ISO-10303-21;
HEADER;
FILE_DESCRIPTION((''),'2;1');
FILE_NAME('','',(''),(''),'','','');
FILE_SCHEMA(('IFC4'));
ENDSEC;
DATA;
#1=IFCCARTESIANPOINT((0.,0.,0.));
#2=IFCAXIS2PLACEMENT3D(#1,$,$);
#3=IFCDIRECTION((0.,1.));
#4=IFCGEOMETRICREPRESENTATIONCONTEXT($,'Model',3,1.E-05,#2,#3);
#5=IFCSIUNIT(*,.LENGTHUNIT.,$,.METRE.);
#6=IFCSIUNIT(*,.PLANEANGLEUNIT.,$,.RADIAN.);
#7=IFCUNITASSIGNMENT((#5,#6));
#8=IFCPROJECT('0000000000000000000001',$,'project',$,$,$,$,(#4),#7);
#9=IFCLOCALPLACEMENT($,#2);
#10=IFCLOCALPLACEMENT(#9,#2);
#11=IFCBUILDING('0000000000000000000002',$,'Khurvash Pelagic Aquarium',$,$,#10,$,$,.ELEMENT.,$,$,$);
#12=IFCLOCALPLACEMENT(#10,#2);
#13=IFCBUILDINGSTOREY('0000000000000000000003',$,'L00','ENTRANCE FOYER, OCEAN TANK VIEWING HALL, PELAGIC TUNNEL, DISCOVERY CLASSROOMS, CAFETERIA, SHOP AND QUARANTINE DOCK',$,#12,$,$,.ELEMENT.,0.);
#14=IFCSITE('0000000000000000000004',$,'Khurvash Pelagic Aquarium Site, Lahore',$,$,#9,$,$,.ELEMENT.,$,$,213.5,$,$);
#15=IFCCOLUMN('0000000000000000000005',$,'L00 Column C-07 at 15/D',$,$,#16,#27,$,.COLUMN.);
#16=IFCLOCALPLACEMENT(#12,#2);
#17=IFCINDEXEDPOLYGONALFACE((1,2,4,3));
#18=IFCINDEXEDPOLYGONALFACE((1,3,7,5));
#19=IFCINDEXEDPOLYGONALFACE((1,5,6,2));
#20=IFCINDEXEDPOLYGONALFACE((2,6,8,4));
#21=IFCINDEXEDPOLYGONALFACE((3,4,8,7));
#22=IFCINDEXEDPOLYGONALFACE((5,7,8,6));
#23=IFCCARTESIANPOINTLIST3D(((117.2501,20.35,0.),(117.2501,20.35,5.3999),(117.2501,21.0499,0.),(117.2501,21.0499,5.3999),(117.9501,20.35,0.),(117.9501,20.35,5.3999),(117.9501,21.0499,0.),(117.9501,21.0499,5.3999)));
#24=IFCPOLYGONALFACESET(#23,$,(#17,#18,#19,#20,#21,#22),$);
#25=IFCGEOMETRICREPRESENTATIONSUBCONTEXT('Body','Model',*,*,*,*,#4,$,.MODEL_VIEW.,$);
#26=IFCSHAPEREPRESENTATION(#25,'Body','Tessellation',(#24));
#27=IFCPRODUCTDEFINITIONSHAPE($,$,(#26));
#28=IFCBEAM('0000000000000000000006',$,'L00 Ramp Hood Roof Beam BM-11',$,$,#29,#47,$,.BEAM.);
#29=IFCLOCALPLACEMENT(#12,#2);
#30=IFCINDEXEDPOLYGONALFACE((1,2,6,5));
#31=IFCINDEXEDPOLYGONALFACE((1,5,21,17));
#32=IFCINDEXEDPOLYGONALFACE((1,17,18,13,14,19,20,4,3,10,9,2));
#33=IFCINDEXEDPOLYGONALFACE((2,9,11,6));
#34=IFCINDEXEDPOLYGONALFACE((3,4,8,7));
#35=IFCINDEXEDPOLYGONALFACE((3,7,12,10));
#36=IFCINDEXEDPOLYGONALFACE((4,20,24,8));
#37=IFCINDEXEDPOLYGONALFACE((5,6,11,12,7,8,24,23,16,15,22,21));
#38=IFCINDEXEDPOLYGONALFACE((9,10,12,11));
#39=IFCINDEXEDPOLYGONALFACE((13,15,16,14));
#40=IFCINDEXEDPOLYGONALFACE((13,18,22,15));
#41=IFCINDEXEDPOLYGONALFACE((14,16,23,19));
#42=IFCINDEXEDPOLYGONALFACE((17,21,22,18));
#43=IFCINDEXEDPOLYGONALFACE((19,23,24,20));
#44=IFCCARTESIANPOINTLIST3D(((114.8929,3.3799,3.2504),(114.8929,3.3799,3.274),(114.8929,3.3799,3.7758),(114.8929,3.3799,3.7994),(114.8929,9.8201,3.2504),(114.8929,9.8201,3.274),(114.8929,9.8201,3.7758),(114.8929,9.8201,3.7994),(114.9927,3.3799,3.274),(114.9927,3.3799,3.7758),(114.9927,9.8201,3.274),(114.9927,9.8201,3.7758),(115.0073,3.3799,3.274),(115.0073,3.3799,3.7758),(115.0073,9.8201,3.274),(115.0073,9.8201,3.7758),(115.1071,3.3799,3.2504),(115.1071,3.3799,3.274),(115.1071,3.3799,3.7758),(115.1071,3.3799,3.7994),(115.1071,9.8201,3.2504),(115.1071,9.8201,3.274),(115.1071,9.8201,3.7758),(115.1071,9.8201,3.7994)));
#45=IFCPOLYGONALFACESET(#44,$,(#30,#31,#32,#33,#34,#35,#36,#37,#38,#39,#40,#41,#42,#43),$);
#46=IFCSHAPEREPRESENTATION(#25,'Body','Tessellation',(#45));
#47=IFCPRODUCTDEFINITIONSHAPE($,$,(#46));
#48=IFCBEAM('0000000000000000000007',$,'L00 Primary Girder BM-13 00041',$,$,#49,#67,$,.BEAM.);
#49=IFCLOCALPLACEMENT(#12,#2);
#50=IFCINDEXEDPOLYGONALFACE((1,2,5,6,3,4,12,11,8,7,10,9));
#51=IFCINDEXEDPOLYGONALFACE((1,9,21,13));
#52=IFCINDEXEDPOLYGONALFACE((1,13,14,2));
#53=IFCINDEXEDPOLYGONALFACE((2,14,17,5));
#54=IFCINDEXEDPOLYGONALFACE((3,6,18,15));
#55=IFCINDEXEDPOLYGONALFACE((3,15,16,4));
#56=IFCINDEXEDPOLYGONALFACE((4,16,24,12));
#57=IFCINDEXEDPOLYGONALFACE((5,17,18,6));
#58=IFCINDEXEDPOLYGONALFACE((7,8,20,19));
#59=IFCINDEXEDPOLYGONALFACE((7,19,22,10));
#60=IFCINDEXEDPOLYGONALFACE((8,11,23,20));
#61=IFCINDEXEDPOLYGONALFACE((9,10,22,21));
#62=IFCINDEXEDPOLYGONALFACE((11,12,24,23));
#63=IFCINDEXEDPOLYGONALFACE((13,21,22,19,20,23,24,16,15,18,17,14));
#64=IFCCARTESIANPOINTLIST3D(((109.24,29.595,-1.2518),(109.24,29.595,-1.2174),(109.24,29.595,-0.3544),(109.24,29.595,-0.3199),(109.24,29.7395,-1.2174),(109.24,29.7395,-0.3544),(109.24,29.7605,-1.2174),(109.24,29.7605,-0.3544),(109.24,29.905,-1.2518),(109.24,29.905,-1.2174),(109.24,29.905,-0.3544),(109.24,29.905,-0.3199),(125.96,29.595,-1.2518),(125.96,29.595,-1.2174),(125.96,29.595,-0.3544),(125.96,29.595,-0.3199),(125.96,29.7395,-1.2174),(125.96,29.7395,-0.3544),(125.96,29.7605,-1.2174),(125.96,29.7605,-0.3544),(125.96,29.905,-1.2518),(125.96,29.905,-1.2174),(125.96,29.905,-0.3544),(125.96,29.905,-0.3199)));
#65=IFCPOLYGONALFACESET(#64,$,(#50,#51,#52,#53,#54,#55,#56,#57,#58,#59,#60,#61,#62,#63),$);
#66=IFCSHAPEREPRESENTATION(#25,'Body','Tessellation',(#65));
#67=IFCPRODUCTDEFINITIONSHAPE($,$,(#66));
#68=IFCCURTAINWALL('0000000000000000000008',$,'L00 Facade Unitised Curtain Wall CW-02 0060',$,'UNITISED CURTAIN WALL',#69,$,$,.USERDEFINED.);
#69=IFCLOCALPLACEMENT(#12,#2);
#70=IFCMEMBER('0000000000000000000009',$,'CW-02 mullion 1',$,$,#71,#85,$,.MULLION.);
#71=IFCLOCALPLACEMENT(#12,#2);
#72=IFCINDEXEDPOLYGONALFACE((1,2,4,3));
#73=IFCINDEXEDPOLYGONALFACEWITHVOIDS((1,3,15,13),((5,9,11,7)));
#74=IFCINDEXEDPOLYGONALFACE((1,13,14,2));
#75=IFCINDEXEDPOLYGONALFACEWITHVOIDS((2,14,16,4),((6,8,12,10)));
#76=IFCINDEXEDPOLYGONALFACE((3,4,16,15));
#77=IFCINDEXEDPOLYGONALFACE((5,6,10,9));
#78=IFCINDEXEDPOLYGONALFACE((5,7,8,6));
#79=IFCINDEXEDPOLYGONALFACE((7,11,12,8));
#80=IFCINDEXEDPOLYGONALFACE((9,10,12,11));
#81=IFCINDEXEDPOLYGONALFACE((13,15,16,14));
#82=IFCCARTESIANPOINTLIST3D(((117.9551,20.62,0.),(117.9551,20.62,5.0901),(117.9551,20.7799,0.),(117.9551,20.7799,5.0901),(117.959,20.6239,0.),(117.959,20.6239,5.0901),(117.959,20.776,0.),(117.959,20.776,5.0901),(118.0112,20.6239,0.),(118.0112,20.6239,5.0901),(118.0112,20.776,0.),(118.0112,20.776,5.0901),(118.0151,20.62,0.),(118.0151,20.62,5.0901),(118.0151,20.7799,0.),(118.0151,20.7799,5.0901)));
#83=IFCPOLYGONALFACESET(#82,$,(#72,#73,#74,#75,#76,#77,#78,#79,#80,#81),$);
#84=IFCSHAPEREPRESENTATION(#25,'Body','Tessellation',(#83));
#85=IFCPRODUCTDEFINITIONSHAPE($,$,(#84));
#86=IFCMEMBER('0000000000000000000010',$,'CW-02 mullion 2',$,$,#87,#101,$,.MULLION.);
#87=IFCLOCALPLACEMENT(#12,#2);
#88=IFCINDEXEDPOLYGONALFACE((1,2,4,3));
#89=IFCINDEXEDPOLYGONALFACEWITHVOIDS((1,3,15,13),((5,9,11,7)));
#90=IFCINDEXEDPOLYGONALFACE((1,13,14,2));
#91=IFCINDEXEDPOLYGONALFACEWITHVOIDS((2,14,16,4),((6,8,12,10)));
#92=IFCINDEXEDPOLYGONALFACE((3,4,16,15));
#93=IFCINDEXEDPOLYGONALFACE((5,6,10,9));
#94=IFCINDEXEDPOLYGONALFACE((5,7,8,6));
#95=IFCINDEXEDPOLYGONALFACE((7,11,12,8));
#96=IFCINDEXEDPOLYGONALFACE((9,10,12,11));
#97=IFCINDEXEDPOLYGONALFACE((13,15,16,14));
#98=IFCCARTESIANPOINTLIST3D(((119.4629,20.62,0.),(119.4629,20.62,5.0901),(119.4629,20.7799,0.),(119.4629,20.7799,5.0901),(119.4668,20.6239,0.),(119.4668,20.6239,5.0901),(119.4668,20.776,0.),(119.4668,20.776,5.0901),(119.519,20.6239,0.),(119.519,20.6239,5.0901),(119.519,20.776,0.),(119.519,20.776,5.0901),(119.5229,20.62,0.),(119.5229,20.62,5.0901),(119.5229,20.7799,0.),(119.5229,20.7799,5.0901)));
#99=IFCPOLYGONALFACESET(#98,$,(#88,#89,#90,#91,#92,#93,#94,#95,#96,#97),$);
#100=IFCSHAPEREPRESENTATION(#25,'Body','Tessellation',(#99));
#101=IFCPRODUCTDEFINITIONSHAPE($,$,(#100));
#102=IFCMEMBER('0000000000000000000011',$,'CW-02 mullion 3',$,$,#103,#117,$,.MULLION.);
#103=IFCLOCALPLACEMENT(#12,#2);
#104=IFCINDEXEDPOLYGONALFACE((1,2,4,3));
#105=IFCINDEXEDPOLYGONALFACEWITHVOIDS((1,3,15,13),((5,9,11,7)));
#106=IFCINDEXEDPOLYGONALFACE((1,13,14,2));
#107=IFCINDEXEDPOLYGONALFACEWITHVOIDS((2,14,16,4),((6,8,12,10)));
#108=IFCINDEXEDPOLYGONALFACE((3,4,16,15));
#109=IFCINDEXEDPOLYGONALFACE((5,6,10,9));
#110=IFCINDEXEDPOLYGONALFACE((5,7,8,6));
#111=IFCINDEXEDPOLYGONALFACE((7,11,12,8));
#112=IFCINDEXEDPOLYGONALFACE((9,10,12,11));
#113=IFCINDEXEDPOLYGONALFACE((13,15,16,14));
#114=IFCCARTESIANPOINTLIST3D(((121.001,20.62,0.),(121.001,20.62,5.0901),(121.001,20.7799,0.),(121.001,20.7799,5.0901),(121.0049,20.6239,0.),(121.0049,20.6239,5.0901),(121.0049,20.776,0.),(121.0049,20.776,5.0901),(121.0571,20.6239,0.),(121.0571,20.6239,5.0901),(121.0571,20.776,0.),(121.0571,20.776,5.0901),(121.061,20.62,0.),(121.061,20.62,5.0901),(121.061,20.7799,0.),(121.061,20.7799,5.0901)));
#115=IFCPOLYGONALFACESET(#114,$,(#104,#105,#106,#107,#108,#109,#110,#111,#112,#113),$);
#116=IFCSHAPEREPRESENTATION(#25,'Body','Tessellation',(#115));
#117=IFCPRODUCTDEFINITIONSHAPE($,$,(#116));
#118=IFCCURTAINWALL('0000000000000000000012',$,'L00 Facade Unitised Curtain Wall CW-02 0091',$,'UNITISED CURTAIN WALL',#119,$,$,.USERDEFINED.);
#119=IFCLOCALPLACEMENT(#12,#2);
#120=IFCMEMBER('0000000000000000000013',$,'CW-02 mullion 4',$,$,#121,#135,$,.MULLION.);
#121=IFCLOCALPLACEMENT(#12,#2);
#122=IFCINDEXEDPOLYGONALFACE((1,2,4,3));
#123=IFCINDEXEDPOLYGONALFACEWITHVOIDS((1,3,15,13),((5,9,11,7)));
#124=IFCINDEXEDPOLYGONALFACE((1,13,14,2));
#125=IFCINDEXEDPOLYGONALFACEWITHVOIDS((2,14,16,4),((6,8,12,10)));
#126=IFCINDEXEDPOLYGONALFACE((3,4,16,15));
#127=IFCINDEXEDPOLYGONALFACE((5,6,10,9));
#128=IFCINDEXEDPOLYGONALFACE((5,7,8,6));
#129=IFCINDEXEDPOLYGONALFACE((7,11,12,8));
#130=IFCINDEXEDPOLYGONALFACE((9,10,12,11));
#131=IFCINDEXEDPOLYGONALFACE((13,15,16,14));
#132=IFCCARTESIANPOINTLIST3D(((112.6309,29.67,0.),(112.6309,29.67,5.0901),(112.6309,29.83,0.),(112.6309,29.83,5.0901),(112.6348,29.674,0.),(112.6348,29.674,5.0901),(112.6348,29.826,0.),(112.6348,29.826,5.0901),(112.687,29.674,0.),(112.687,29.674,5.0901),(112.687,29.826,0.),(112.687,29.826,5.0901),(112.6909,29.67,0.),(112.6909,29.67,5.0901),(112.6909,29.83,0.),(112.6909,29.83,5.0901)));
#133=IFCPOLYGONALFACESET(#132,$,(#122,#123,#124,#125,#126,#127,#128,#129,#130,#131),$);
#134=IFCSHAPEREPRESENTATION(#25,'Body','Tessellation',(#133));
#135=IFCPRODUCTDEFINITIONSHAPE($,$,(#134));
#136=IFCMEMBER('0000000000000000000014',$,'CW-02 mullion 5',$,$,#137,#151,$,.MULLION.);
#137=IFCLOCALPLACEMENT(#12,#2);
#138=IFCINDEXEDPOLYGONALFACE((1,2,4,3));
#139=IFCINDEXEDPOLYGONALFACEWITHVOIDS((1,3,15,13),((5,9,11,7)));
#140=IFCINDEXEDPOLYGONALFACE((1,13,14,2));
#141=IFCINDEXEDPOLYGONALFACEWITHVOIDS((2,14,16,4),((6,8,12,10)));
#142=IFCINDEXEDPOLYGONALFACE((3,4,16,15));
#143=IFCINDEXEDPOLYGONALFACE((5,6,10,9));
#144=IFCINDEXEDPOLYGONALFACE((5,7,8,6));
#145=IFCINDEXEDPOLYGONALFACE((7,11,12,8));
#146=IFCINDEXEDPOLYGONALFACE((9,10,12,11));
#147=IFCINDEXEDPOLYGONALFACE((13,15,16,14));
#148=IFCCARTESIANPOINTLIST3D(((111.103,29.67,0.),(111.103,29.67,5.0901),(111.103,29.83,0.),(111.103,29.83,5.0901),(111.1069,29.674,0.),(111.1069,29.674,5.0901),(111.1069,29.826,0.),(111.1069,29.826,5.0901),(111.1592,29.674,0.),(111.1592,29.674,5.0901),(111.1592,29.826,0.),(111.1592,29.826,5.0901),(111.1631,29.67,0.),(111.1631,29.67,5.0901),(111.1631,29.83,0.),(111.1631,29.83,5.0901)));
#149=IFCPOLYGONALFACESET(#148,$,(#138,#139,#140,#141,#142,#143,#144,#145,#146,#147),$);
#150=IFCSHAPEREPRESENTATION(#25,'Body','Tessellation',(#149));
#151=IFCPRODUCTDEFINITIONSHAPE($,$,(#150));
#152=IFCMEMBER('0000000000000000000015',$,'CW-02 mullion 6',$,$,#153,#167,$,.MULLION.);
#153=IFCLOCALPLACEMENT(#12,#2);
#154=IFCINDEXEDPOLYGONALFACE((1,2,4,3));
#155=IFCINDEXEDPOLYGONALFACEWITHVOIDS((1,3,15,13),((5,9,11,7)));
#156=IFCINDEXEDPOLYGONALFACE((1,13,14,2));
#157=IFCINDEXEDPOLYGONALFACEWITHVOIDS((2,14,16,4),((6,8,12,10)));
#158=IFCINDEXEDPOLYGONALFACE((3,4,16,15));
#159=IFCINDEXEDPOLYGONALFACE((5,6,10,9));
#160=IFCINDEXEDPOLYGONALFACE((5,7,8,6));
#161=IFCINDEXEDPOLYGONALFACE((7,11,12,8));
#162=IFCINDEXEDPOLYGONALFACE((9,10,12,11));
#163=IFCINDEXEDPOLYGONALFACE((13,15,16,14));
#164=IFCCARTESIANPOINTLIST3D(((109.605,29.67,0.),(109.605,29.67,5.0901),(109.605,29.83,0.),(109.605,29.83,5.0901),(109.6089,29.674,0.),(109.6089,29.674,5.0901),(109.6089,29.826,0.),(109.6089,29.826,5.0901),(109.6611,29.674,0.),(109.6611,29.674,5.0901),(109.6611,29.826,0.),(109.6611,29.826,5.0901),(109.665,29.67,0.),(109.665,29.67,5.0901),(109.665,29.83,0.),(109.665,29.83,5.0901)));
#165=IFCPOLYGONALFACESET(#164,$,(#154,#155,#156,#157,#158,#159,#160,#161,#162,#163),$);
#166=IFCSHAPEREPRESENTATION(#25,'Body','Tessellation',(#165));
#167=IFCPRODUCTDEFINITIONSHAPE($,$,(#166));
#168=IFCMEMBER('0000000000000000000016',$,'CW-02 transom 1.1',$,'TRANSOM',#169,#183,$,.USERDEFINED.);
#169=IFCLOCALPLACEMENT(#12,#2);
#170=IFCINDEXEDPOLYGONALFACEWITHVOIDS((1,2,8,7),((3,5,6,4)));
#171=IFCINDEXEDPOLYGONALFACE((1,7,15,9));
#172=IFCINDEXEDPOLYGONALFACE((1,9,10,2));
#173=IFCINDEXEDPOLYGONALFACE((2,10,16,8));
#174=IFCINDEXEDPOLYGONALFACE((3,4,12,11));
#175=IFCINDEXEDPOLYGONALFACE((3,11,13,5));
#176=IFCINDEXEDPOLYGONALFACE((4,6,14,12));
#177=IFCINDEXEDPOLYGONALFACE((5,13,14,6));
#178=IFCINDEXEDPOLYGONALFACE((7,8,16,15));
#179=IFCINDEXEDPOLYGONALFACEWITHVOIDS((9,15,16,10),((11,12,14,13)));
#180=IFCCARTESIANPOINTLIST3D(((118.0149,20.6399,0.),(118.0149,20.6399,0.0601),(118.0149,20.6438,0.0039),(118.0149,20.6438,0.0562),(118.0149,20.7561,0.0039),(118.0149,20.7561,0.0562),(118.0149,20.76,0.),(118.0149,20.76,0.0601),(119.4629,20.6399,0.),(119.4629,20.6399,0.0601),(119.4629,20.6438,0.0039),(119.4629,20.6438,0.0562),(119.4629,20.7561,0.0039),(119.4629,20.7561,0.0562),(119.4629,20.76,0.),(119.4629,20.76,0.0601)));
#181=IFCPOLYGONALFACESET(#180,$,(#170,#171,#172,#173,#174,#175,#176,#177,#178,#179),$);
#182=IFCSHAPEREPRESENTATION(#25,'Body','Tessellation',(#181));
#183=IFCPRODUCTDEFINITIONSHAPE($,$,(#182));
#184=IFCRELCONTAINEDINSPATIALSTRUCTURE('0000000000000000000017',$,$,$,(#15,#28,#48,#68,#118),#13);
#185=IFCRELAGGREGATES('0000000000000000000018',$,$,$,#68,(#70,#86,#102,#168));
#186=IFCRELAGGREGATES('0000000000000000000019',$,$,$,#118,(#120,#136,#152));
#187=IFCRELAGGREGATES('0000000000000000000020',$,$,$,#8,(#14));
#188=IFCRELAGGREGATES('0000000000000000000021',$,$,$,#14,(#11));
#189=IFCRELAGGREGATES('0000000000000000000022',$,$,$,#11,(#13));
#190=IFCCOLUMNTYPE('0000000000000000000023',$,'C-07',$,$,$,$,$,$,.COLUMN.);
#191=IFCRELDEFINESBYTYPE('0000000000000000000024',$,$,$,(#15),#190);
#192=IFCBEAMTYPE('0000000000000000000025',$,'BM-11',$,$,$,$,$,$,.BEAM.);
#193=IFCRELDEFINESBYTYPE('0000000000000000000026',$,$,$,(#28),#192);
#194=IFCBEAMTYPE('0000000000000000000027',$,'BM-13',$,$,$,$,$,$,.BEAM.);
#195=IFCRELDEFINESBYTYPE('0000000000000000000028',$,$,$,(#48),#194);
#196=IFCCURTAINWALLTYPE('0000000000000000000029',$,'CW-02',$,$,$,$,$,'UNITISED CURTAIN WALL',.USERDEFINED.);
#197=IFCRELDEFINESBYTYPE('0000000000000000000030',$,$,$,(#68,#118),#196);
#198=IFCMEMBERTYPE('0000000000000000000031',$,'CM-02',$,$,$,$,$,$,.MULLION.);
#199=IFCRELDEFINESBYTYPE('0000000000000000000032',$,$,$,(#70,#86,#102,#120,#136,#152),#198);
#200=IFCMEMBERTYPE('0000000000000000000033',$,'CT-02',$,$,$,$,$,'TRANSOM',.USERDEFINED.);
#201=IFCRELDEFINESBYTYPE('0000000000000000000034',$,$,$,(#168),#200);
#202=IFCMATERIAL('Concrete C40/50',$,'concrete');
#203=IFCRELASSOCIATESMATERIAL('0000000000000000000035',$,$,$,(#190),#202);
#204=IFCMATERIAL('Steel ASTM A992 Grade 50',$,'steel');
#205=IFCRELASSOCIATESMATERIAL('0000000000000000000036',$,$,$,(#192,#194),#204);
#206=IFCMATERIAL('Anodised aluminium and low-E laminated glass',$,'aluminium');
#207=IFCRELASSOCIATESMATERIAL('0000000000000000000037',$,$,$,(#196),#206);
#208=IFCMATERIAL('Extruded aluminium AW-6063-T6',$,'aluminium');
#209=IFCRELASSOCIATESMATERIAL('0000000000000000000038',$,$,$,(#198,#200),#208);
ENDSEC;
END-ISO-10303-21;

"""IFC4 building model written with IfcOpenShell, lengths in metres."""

from ifc_helpers import new_model, si_unit, direction, frame, origin, origin_2d, place, context, subcontext, project, spatial, rectangle, hollow_rectangle, i_section, extrude, material, material_profile, profile_set, type_object, element, aggregate, save


model = new_model("IFC4")

# Units and contexts
model_context = context("Model", 3, precision=1e-05, world=origin(), true_north=direction((0.0, 1.0)))
body_context = subcontext(model_context, "Body", "Model", "MODEL_VIEW")
ifc_project = project(units=[si_unit("LENGTHUNIT", "METRE"), si_unit("PLANEANGLEUNIT", "RADIAN")], contexts=[model_context])

# Site, building, storey
site_placement = place(None, origin())
site = spatial("IfcSite", under=ifc_project, at=site_placement, Name="Khurvash Pelagic Aquarium Site, Lahore", CompositionType="ELEMENT", RefElevation=213.5)
building_placement = place(site_placement, origin())
building = spatial("IfcBuilding", under=site, at=building_placement, Name="Khurvash Pelagic Aquarium", CompositionType="ELEMENT")
storey_placement = place(building_placement, origin())
storey = spatial("IfcBuildingStorey", under=building, at=storey_placement, Name="L00", Description="ENTRANCE FOYER, OCEAN TANK VIEWING HALL, PELAGIC TUNNEL, DISCOVERY CLASSROOMS, CAFETERIA, SHOP AND QUARANTINE DOCK", CompositionType="ELEMENT", Elevation=0.0)

# Column
ifc_material_1 = material(Name="Concrete C40/50", Category="concrete")
ifc_material_profile_1 = material_profile(ifc_material_1, rectangle(XDim=0.7, YDim=0.7, at=origin_2d()), Name="RC700X700")
ifc_profile_set_1 = profile_set([ifc_material_profile_1], Name="Concrete C40/50")
column_type = type_object("IfcColumnType", Name="C-07", PredefinedType="COLUMN", material=ifc_profile_set_1)
column_placement = place(storey_placement, frame((117.6001, 20.7, 0.0), z_axis=(0.0, 0.0, 1.0), x_axis=(1.0, 0.0, 0.0)))
element("IfcColumn", 1, at=column_placement, inside=storey, type_object=column_type, Name="L00 Column C-07 at 15/D", PredefinedType="COLUMN", context=body_context, shape_type="SweptSolid", body=[
    extrude(rectangle(XDim=0.7, YDim=0.7, at=origin_2d()), origin(), (0.0, 0.0, 1.0), 5.3999),
])

# Beams
ifc_material_2 = material(Name="Steel ASTM A992 Grade 50", Category="steel")
ifc_material_profile_2 = material_profile(ifc_material_2, i_section(OverallWidth=0.2141, OverallDepth=0.5491, WebThickness=0.0146, FlangeThickness=0.0237, at=origin_2d()), Name="W21X93")
ifc_profile_set_2 = profile_set([ifc_material_profile_2], Name="Steel ASTM A992 Grade 50")
beam_type_1 = type_object("IfcBeamType", Name="BM-11", PredefinedType="BEAM", material=ifc_profile_set_2)
beam_1_placement = place(storey_placement, frame((115.0, 3.3799, 3.5249), z_axis=(0.0, 1.0, 0.0), x_axis=(-1.0, 0.0, 0.0)))
element("IfcBeam", 2, at=beam_1_placement, inside=storey, type_object=beam_type_1, Name="L00 Ramp Hood Roof Beam BM-11", PredefinedType="BEAM", context=body_context, shape_type="SweptSolid", body=[
    extrude(i_section(OverallWidth=0.2141, OverallDepth=0.5491, WebThickness=0.0146, FlangeThickness=0.0237, at=origin_2d()), origin(), (0.0, 0.0, 1.0), 6.4402),
])
ifc_material_profile_3 = material_profile(ifc_material_2, i_section(OverallWidth=0.3101, OverallDepth=0.9319, WebThickness=0.021, FlangeThickness=0.0344, at=origin_2d()), Name="W36X210")
ifc_profile_set_3 = profile_set([ifc_material_profile_3], Name="Steel ASTM A992 Grade 50")
beam_type_2 = type_object("IfcBeamType", Name="BM-13", PredefinedType="BEAM", material=ifc_profile_set_3)
beam_2_placement = place(storey_placement, frame((109.24, 29.75, -0.7859), z_axis=(1.0, 0.0, 0.0), x_axis=(0.0, 1.0, 0.0)))
element("IfcBeam", 3, at=beam_2_placement, inside=storey, type_object=beam_type_2, Name="L00 Primary Girder BM-13 00041", PredefinedType="BEAM", context=body_context, shape_type="SweptSolid", body=[
    extrude(i_section(OverallWidth=0.3101, OverallDepth=0.9319, WebThickness=0.021, FlangeThickness=0.0344, at=origin_2d()), origin(), (0.0, 0.0, 1.0), 16.72),
])

# Curtain walls, members
ifc_material_3 = material(Name="Anodised aluminium and low-E laminated glass", Category="aluminium")
curtain_wall_type = type_object("IfcCurtainWallType", Name="CW-02", ElementType="UNITISED CURTAIN WALL", PredefinedType="USERDEFINED", material=ifc_material_3)
curtain_wall_1_placement = place(storey_placement, origin())
curtain_wall_1 = element("IfcCurtainWall", 4, at=curtain_wall_1_placement, inside=storey, type_object=curtain_wall_type, Name="L00 Facade Unitised Curtain Wall CW-02 0060", ObjectType="UNITISED CURTAIN WALL", PredefinedType="USERDEFINED")
ifc_material_4 = material(Name="Extruded aluminium AW-6063-T6", Category="aluminium")
ifc_material_profile_4 = material_profile(ifc_material_4, hollow_rectangle(XDim=0.0601, YDim=0.1599, WallThickness=0.0039, at=origin_2d()), Name="CWM60X160X4")
ifc_profile_set_4 = profile_set([ifc_material_profile_4], Name="Extruded aluminium AW-6063-T6")
member_type_1 = type_object("IfcMemberType", Name="CM-02", PredefinedType="MULLION", material=ifc_profile_set_4)
member_1_placement = place(storey_placement, frame((117.9851, 20.7, 0.0), z_axis=(0.0, 0.0, 1.0), x_axis=(1.0, 0.0, 0.0)))
member_1 = element("IfcMember", 5, at=member_1_placement, type_object=member_type_1, Name="CW-02 mullion 1", PredefinedType="MULLION", context=body_context, shape_type="SweptSolid", body=[
    extrude(hollow_rectangle(XDim=0.0601, YDim=0.1599, WallThickness=0.0039, at=origin_2d()), origin(), (0.0, 0.0, 1.0), 5.0901),
])
member_2_placement = place(storey_placement, frame((119.4929, 20.7, 0.0), z_axis=(0.0, 0.0, 1.0), x_axis=(1.0, 0.0, 0.0)))
member_2 = element("IfcMember", 6, at=member_2_placement, type_object=member_type_1, Name="CW-02 mullion 2", PredefinedType="MULLION", context=body_context, shape_type="SweptSolid", body=[
    extrude(hollow_rectangle(XDim=0.0601, YDim=0.1599, WallThickness=0.0039, at=origin_2d()), origin(), (0.0, 0.0, 1.0), 5.0901),
])
member_3_placement = place(storey_placement, frame((121.031, 20.7, 0.0), z_axis=(0.0, 0.0, 1.0), x_axis=(1.0, 0.0, 0.0)))
member_3 = element("IfcMember", 7, at=member_3_placement, type_object=member_type_1, Name="CW-02 mullion 3", PredefinedType="MULLION", context=body_context, shape_type="SweptSolid", body=[
    extrude(hollow_rectangle(XDim=0.0601, YDim=0.1599, WallThickness=0.0039, at=origin_2d()), origin(), (0.0, 0.0, 1.0), 5.0901),
])
curtain_wall_2_placement = place(storey_placement, origin())
curtain_wall_2 = element("IfcCurtainWall", 8, at=curtain_wall_2_placement, inside=storey, type_object=curtain_wall_type, Name="L00 Facade Unitised Curtain Wall CW-02 0091", ObjectType="UNITISED CURTAIN WALL", PredefinedType="USERDEFINED")
member_4_placement = place(storey_placement, frame((112.6609, 29.75, 0.0), z_axis=(0.0, 0.0, 1.0), x_axis=(-1.0, 0.0, 0.0)))
member_4 = element("IfcMember", 9, at=member_4_placement, type_object=member_type_1, Name="CW-02 mullion 4", PredefinedType="MULLION", context=body_context, shape_type="SweptSolid", body=[
    extrude(hollow_rectangle(XDim=0.0601, YDim=0.1599, WallThickness=0.0039, at=origin_2d()), origin(), (0.0, 0.0, 1.0), 5.0901),
])
member_5_placement = place(storey_placement, frame((111.1331, 29.75, 0.0), z_axis=(0.0, 0.0, 1.0), x_axis=(-1.0, 0.0, 0.0)))
member_5 = element("IfcMember", 10, at=member_5_placement, type_object=member_type_1, Name="CW-02 mullion 5", PredefinedType="MULLION", context=body_context, shape_type="SweptSolid", body=[
    extrude(hollow_rectangle(XDim=0.0601, YDim=0.1599, WallThickness=0.0039, at=origin_2d()), origin(), (0.0, 0.0, 1.0), 5.0901),
])
member_6_placement = place(storey_placement, frame((109.635, 29.75, 0.0), z_axis=(0.0, 0.0, 1.0), x_axis=(-1.0, 0.0, 0.0)))
member_6 = element("IfcMember", 11, at=member_6_placement, type_object=member_type_1, Name="CW-02 mullion 6", PredefinedType="MULLION", context=body_context, shape_type="SweptSolid", body=[
    extrude(hollow_rectangle(XDim=0.0601, YDim=0.1599, WallThickness=0.0039, at=origin_2d()), origin(), (0.0, 0.0, 1.0), 5.0901),
])

# Member
ifc_material_profile_5 = material_profile(ifc_material_4, hollow_rectangle(XDim=0.1201, YDim=0.0601, WallThickness=0.0039, at=origin_2d()), Name="CWT120X60X4")
ifc_profile_set_5 = profile_set([ifc_material_profile_5], Name="Extruded aluminium AW-6063-T6")
member_type_2 = type_object("IfcMemberType", Name="CT-02", ElementType="TRANSOM", PredefinedType="USERDEFINED", material=ifc_profile_set_5)
member_7_placement = place(storey_placement, frame((118.0149, 20.7, 0.03), z_axis=(1.0, 0.0, 0.0), x_axis=(0.0, 1.0, 0.0)))
member_7 = element("IfcMember", 12, at=member_7_placement, type_object=member_type_2, Name="CW-02 transom 1.1", ObjectType="TRANSOM", PredefinedType="USERDEFINED", context=body_context, shape_type="SweptSolid", body=[
    extrude(hollow_rectangle(XDim=0.1201, YDim=0.0601, WallThickness=0.0039, at=origin_2d()), origin(), (0.0, 0.0, 1.0), 1.448),
])

aggregate(curtain_wall_1, [member_1, member_2, member_3, member_7])
aggregate(curtain_wall_2, [member_4, member_5, member_6])

save(model, "model.ifc")
